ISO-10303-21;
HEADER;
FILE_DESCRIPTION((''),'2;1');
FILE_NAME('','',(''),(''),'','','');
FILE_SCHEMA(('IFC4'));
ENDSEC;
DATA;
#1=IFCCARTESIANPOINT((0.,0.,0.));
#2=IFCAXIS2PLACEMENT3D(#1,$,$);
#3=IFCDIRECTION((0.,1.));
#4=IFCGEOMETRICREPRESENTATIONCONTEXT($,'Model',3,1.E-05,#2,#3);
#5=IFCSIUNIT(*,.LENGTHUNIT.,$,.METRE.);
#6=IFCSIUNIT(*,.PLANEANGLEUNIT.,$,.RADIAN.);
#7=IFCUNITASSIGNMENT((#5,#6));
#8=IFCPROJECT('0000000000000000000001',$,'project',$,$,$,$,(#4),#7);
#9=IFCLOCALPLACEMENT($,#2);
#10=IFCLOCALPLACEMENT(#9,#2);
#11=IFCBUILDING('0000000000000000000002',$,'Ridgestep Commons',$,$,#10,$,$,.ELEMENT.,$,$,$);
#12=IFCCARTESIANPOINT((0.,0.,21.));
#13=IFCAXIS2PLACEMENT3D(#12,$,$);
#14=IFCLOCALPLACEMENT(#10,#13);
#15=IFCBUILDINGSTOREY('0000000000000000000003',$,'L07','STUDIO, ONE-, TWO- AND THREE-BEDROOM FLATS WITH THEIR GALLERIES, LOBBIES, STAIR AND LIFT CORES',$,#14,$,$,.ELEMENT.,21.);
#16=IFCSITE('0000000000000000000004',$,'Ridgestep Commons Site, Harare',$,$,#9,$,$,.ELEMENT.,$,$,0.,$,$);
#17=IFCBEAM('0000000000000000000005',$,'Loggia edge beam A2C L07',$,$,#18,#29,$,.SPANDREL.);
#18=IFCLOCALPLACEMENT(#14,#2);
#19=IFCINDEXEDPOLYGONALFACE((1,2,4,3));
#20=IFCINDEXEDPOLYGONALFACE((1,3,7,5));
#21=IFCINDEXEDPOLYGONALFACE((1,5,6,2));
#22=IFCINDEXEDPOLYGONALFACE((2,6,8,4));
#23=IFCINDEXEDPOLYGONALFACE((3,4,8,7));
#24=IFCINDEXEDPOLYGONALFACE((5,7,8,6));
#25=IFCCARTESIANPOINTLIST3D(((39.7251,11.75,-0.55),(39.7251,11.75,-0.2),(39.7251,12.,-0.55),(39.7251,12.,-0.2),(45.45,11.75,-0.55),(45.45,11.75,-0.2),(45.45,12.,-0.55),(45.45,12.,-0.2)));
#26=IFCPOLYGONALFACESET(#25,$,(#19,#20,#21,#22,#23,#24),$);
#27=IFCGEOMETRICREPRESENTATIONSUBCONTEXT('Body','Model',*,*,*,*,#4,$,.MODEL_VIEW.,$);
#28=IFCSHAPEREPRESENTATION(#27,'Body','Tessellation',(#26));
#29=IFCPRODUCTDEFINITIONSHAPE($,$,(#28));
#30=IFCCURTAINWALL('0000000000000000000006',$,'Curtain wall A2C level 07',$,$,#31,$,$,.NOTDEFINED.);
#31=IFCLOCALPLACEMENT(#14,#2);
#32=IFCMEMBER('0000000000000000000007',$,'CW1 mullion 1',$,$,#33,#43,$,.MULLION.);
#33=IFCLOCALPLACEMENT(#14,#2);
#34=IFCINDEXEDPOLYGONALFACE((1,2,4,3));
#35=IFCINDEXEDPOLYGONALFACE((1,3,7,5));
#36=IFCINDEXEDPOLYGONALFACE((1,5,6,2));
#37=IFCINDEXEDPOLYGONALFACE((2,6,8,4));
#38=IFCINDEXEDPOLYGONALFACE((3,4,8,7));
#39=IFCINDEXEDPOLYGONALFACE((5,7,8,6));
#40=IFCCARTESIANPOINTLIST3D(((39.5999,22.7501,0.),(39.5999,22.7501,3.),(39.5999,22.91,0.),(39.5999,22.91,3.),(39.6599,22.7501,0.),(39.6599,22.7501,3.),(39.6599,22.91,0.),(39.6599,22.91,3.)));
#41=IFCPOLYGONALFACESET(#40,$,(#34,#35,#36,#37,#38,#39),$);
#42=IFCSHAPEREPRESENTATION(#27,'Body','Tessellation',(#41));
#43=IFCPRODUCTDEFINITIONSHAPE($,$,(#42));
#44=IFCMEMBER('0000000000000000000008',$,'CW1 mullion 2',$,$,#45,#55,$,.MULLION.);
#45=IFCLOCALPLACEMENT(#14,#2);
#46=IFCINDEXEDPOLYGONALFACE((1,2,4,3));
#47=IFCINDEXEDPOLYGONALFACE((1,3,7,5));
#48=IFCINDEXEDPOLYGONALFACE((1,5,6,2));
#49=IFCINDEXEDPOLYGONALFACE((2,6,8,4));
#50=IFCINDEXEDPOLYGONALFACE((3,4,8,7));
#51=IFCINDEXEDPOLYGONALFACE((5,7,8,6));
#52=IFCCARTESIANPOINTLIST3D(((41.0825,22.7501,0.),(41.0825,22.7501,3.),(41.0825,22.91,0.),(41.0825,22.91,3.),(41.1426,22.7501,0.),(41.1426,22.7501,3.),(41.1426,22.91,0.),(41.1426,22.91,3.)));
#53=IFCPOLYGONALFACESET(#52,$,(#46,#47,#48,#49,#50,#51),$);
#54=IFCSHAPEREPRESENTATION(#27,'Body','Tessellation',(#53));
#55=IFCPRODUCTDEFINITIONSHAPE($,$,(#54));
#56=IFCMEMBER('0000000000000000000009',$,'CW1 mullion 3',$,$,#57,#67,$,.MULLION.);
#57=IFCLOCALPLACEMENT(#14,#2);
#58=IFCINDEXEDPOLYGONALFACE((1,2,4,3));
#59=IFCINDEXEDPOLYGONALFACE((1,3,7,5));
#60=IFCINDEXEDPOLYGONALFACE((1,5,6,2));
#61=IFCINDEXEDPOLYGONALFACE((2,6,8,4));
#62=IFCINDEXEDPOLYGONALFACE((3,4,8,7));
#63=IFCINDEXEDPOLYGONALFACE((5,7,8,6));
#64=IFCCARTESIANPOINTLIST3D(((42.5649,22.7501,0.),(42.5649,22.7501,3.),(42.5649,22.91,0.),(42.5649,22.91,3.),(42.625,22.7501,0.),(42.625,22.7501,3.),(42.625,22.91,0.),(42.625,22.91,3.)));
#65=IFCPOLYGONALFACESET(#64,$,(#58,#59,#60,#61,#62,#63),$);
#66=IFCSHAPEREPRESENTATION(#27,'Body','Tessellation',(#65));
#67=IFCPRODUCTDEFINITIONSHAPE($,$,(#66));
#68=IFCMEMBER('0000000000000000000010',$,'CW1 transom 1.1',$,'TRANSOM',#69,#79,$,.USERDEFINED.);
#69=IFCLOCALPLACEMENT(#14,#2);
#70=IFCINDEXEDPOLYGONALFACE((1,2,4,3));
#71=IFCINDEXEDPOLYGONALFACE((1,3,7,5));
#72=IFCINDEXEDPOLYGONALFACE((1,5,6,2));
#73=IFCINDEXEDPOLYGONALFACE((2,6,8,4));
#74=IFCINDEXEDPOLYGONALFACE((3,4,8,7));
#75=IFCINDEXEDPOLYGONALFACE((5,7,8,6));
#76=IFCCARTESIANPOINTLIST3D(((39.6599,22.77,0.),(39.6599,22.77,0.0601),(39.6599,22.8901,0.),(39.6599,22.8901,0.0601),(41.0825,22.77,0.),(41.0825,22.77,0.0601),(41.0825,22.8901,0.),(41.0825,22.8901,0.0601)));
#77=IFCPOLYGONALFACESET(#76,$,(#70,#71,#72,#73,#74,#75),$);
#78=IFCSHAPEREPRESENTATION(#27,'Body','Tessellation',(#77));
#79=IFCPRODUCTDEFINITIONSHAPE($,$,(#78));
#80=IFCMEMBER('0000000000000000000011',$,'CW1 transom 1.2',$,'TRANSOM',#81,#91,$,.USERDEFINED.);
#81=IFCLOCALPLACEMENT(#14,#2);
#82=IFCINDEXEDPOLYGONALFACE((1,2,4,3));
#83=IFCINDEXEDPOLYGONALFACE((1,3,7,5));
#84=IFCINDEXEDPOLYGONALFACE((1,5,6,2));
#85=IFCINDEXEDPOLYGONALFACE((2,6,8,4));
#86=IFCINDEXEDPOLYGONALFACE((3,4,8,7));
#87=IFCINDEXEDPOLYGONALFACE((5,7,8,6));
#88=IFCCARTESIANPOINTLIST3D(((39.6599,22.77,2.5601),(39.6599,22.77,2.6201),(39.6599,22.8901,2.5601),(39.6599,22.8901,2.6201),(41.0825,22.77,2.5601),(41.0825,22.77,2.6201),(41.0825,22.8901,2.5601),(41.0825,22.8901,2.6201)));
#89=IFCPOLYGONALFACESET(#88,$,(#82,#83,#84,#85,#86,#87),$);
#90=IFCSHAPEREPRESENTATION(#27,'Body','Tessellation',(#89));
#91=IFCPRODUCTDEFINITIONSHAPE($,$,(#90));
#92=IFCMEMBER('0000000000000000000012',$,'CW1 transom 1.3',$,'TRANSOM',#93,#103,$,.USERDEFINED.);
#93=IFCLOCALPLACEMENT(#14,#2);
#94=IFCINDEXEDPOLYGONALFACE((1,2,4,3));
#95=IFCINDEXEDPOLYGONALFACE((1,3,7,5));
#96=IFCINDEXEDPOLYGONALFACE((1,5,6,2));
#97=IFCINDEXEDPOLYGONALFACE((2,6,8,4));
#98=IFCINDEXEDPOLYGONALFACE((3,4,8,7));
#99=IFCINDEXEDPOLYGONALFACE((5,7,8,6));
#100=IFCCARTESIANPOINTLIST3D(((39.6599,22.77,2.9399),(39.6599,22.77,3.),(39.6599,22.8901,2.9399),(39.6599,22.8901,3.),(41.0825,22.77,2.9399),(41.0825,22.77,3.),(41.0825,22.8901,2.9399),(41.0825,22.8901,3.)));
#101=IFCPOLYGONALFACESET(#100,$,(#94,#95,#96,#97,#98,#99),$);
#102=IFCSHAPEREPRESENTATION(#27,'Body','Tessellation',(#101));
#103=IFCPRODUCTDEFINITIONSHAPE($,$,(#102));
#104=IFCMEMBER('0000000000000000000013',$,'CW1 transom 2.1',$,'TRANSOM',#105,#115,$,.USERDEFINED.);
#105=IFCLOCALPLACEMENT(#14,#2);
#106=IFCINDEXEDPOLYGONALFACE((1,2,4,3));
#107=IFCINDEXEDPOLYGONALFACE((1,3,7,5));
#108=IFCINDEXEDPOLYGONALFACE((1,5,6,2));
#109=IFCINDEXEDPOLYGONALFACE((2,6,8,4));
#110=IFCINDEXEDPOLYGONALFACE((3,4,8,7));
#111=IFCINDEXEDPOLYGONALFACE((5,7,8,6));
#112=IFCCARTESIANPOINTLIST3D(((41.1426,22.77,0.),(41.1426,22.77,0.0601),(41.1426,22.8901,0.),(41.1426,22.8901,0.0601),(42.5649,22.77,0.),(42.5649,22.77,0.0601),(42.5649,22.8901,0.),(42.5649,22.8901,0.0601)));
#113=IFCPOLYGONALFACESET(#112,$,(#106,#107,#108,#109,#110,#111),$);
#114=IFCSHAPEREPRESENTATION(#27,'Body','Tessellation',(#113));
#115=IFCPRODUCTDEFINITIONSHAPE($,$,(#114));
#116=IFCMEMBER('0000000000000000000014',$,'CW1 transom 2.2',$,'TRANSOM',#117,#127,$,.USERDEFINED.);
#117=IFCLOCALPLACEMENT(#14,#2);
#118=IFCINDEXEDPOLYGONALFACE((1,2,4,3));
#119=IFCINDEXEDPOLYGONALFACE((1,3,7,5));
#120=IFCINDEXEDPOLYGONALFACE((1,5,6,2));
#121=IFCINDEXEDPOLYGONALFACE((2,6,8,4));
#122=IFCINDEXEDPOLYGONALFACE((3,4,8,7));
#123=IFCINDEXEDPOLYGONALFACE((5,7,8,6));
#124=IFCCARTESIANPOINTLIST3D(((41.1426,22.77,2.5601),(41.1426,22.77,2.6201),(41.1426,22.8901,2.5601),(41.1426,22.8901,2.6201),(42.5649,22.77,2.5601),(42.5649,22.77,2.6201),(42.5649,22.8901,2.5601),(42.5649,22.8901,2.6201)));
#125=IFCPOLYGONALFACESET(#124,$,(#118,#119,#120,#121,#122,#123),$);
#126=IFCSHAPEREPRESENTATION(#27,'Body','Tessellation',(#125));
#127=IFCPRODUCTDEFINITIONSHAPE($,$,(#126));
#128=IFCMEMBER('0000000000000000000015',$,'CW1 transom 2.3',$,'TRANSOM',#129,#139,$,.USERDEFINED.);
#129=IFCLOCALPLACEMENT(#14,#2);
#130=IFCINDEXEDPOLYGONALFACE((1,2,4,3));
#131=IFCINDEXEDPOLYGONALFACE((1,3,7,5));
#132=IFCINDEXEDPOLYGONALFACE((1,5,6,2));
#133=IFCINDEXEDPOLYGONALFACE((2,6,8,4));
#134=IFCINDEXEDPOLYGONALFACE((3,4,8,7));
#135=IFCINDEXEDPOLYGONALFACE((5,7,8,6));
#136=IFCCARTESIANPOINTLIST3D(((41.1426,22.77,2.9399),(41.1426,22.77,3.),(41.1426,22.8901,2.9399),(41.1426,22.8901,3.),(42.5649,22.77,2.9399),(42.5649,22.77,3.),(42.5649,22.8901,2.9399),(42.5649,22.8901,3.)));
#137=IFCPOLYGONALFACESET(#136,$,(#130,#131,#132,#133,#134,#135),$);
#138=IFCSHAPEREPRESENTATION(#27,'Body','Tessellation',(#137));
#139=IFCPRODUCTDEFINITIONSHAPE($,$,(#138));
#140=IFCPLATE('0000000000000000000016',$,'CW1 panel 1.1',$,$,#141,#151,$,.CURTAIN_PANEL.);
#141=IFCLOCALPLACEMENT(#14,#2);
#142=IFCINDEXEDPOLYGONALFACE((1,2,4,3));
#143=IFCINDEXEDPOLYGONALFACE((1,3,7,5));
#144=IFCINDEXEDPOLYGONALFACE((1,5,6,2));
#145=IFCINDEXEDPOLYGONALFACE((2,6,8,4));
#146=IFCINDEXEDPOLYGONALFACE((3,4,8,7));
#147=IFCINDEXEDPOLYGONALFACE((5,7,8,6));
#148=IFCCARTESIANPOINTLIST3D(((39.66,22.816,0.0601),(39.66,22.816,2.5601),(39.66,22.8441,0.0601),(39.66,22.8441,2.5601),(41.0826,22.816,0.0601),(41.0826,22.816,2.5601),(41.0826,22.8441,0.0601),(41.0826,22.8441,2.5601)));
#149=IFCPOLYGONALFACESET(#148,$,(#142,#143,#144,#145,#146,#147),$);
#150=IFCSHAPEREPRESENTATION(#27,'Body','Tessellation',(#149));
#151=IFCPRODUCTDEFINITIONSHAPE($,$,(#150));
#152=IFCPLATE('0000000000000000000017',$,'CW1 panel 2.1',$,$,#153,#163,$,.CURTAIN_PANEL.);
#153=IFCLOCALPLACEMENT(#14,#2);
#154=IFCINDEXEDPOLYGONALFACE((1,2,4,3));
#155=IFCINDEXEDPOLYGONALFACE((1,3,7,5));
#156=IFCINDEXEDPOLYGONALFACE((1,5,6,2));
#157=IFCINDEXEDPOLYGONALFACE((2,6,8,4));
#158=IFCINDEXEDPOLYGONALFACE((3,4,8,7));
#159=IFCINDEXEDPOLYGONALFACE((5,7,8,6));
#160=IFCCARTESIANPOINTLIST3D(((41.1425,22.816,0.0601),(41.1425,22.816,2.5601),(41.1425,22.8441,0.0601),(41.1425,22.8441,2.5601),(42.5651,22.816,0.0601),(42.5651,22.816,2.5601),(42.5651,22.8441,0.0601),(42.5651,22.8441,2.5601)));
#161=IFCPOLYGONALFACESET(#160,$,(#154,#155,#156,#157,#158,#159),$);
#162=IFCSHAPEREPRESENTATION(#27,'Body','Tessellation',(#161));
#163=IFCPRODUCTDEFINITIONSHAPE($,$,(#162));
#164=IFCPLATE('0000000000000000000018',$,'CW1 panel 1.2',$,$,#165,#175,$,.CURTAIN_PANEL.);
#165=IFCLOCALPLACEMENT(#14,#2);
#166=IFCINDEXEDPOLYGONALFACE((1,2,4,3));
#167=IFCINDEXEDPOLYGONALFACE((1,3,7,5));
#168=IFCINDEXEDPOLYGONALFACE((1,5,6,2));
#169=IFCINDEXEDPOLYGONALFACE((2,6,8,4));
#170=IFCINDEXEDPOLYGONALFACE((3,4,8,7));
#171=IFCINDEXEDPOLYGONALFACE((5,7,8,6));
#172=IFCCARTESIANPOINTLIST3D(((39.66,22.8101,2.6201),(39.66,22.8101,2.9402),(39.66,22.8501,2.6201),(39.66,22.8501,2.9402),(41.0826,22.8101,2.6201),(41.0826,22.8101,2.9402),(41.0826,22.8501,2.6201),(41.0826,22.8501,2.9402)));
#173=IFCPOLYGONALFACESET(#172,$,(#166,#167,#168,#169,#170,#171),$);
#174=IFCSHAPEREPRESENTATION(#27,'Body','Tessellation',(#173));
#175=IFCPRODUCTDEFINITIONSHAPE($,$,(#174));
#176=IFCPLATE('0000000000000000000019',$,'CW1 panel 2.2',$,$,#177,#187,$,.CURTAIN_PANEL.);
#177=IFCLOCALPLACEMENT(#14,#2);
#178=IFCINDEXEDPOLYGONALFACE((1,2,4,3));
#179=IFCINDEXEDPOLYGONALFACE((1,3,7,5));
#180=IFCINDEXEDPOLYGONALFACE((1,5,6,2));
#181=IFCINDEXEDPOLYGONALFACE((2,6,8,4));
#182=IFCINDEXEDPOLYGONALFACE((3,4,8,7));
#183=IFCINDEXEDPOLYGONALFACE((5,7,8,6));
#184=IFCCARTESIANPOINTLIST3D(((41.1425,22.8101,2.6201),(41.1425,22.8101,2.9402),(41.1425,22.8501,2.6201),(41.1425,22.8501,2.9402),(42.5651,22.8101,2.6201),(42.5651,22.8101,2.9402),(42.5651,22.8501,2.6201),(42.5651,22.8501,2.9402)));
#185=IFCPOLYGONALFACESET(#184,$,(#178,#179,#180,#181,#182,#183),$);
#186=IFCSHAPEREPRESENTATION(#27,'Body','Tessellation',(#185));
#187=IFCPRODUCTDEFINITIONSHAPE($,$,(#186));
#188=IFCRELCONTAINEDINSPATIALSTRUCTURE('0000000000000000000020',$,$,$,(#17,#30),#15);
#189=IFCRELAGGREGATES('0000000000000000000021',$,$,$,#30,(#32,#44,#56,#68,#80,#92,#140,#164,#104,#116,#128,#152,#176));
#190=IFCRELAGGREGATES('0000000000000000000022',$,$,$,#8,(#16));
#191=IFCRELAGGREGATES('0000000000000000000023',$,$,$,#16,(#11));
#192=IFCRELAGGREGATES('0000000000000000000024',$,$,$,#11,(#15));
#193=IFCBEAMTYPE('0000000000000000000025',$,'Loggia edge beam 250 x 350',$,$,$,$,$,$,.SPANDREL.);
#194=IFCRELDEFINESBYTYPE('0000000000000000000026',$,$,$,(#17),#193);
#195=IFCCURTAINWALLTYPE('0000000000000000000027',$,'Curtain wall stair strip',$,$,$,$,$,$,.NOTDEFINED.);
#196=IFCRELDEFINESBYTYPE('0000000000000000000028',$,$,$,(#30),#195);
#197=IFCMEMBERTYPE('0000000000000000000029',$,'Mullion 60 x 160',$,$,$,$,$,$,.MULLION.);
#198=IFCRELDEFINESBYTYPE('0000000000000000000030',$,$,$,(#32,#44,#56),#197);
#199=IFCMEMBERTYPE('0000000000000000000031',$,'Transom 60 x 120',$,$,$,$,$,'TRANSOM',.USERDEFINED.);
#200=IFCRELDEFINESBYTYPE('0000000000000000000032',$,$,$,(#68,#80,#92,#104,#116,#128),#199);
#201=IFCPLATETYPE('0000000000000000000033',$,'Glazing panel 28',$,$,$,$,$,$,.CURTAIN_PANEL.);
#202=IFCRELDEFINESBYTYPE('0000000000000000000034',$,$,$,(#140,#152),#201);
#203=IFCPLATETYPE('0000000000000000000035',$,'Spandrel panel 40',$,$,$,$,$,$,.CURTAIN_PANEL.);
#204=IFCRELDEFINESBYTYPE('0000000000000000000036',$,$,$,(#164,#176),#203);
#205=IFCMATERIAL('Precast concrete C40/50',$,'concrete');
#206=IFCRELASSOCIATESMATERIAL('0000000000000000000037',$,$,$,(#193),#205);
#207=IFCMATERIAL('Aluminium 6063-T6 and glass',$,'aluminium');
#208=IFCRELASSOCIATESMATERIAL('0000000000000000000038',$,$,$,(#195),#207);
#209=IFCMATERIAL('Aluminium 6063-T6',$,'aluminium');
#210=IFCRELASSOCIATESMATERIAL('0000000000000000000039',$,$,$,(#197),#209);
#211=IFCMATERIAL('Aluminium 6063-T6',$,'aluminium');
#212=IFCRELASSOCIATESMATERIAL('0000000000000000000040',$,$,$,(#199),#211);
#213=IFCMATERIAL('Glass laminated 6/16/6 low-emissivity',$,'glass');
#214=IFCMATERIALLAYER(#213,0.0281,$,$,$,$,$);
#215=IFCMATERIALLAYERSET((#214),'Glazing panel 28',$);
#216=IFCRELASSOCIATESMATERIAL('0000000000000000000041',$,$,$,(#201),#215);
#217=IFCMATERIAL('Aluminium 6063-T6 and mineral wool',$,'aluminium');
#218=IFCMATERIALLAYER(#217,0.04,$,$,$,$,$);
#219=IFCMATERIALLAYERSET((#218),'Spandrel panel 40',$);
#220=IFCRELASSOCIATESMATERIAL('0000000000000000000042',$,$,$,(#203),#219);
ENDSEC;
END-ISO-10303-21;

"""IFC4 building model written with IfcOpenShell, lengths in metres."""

from ifc_helpers import new_model, si_unit, direction, frame, origin, origin_2d, place, context, subcontext, project, spatial, rectangle, extrude, material, layer, layer_set, material_profile, profile_set, type_object, element, aggregate, save


model = new_model("IFC4")

# Units and contexts
model_context = context("Model", 3, precision=1e-05, world=origin(), true_north=direction((0.0, 1.0)))
body_context = subcontext(model_context, "Body", "Model", "MODEL_VIEW")
ifc_project = project(units=[si_unit("LENGTHUNIT", "METRE"), si_unit("PLANEANGLEUNIT", "RADIAN")], contexts=[model_context])

# Site, building, storey
site_placement = place(None, origin())
site = spatial("IfcSite", under=ifc_project, at=site_placement, Name="Ridgestep Commons Site, Harare", CompositionType="ELEMENT", RefElevation=0.0)
building_placement = place(site_placement, origin())
building = spatial("IfcBuilding", under=site, at=building_placement, Name="Ridgestep Commons", CompositionType="ELEMENT")
storey_placement = place(building_placement, frame((0.0, 0.0, 21.0)))
storey = spatial("IfcBuildingStorey", under=building, at=storey_placement, Name="L07", Description="STUDIO, ONE-, TWO- AND THREE-BEDROOM FLATS WITH THEIR GALLERIES, LOBBIES, STAIR AND LIFT CORES", CompositionType="ELEMENT", Elevation=21.0)

# Beam
ifc_material_1 = material(Name="Precast concrete C40/50", Category="concrete")
ifc_material_profile_1 = material_profile(ifc_material_1, rectangle(XDim=0.25, YDim=0.3501, at=origin_2d()), Name="PC 250x350")
ifc_profile_set_1 = profile_set([ifc_material_profile_1], Name="Precast concrete C40/50")
beam_type = type_object("IfcBeamType", Name="Loggia edge beam 250 x 350", PredefinedType="SPANDREL", material=ifc_profile_set_1)
beam_placement = place(storey_placement, frame((39.7251, 11.875, -0.375), z_axis=(1.0, 0.0, 0.0), x_axis=(0.0, 1.0, 0.0)))
element("IfcBeam", 1, at=beam_placement, inside=storey, type_object=beam_type, Name="Loggia edge beam A2C L07", PredefinedType="SPANDREL", context=body_context, shape_type="SweptSolid", body=[
    extrude(rectangle(XDim=0.25, YDim=0.3501, at=origin_2d()), origin(), (0.0, 0.0, 1.0), 5.7249),
])

# Curtain wall, members, plates
ifc_material_2 = material(Name="Aluminium 6063-T6 and glass", Category="aluminium")
curtain_wall_type = type_object("IfcCurtainWallType", Name="Curtain wall stair strip", PredefinedType="NOTDEFINED", material=ifc_material_2)
curtain_wall_placement = place(storey_placement, origin())
curtain_wall = element("IfcCurtainWall", 2, at=curtain_wall_placement, inside=storey, type_object=curtain_wall_type, Name="Curtain wall A2C level 07", PredefinedType="NOTDEFINED")
ifc_material_3 = material(Name="Aluminium 6063-T6", Category="aluminium")
ifc_material_profile_2 = material_profile(ifc_material_3, rectangle(XDim=0.1599, YDim=0.0601, at=origin_2d()), Name="Mullion 60 x 160")
ifc_profile_set_2 = profile_set([ifc_material_profile_2], Name="Aluminium 6063-T6")
member_type_1 = type_object("IfcMemberType", Name="Mullion 60 x 160", PredefinedType="MULLION", material=ifc_profile_set_2)
member_1_placement = place(storey_placement, frame((39.6299, 22.8301, 0.0), z_axis=(0.0, 0.0, 1.0), x_axis=(0.0, 1.0, 0.0)))
member_1 = element("IfcMember", 3, at=member_1_placement, type_object=member_type_1, Name="CW1 mullion 1", PredefinedType="MULLION", context=body_context, shape_type="SweptSolid", body=[
    extrude(rectangle(XDim=0.1599, YDim=0.0601, at=origin_2d()), origin(), (0.0, 0.0, 1.0), 3.0),
])
member_2_placement = place(storey_placement, frame((41.1125, 22.8301, 0.0), z_axis=(0.0, 0.0, 1.0), x_axis=(0.0, 1.0, 0.0)))
member_2 = element("IfcMember", 4, at=member_2_placement, type_object=member_type_1, Name="CW1 mullion 2", PredefinedType="MULLION", context=body_context, shape_type="SweptSolid", body=[
    extrude(rectangle(XDim=0.1599, YDim=0.0601, at=origin_2d()), origin(), (0.0, 0.0, 1.0), 3.0),
])
member_3_placement = place(storey_placement, frame((42.595, 22.8301, 0.0), z_axis=(0.0, 0.0, 1.0), x_axis=(0.0, 1.0, 0.0)))
member_3 = element("IfcMember", 5, at=member_3_placement, type_object=member_type_1, Name="CW1 mullion 3", PredefinedType="MULLION", context=body_context, shape_type="SweptSolid", body=[
    extrude(rectangle(XDim=0.1599, YDim=0.0601, at=origin_2d()), origin(), (0.0, 0.0, 1.0), 3.0),
])
ifc_material_4 = material(Name="Aluminium 6063-T6", Category="aluminium")
ifc_material_profile_3 = material_profile(ifc_material_4, rectangle(XDim=0.1201, YDim=0.0601, at=origin_2d()), Name="Transom 60 x 120")
ifc_profile_set_3 = profile_set([ifc_material_profile_3], Name="Aluminium 6063-T6")
member_type_2 = type_object("IfcMemberType", Name="Transom 60 x 120", ElementType="TRANSOM", PredefinedType="USERDEFINED", material=ifc_profile_set_3)
member_4_placement = place(storey_placement, frame((39.6599, 22.8301, 0.03), z_axis=(1.0, 0.0, 0.0), x_axis=(0.0, 1.0, 0.0)))
member_4 = element("IfcMember", 6, at=member_4_placement, type_object=member_type_2, Name="CW1 transom 1.1", ObjectType="TRANSOM", PredefinedType="USERDEFINED", context=body_context, shape_type="SweptSolid", body=[
    extrude(rectangle(XDim=0.1201, YDim=0.0601, at=origin_2d()), origin(), (0.0, 0.0, 1.0), 1.4226),
])
member_5_placement = place(storey_placement, frame((39.6599, 22.8301, 2.5901), z_axis=(1.0, 0.0, 0.0), x_axis=(0.0, 1.0, 0.0)))
member_5 = element("IfcMember", 7, at=member_5_placement, type_object=member_type_2, Name="CW1 transom 1.2", ObjectType="TRANSOM", PredefinedType="USERDEFINED", context=body_context, shape_type="SweptSolid", body=[
    extrude(rectangle(XDim=0.1201, YDim=0.0601, at=origin_2d()), origin(), (0.0, 0.0, 1.0), 1.4226),
])
member_6_placement = place(storey_placement, frame((39.6599, 22.8301, 2.97), z_axis=(1.0, 0.0, 0.0), x_axis=(0.0, 1.0, 0.0)))
member_6 = element("IfcMember", 8, at=member_6_placement, type_object=member_type_2, Name="CW1 transom 1.3", ObjectType="TRANSOM", PredefinedType="USERDEFINED", context=body_context, shape_type="SweptSolid", body=[
    extrude(rectangle(XDim=0.1201, YDim=0.0601, at=origin_2d()), origin(), (0.0, 0.0, 1.0), 1.4226),
])
member_7_placement = place(storey_placement, frame((41.1426, 22.8301, 0.03), z_axis=(1.0, 0.0, 0.0), x_axis=(0.0, 1.0, 0.0)))
member_7 = element("IfcMember", 9, at=member_7_placement, type_object=member_type_2, Name="CW1 transom 2.1", ObjectType="TRANSOM", PredefinedType="USERDEFINED", context=body_context, shape_type="SweptSolid", body=[
    extrude(rectangle(XDim=0.1201, YDim=0.0601, at=origin_2d()), origin(), (0.0, 0.0, 1.0), 1.4224),
])
member_8_placement = place(storey_placement, frame((41.1426, 22.8301, 2.5901), z_axis=(1.0, 0.0, 0.0), x_axis=(0.0, 1.0, 0.0)))
member_8 = element("IfcMember", 10, at=member_8_placement, type_object=member_type_2, Name="CW1 transom 2.2", ObjectType="TRANSOM", PredefinedType="USERDEFINED", context=body_context, shape_type="SweptSolid", body=[
    extrude(rectangle(XDim=0.1201, YDim=0.0601, at=origin_2d()), origin(), (0.0, 0.0, 1.0), 1.4224),
])
member_9_placement = place(storey_placement, frame((41.1426, 22.8301, 2.97), z_axis=(1.0, 0.0, 0.0), x_axis=(0.0, 1.0, 0.0)))
member_9 = element("IfcMember", 11, at=member_9_placement, type_object=member_type_2, Name="CW1 transom 2.3", ObjectType="TRANSOM", PredefinedType="USERDEFINED", context=body_context, shape_type="SweptSolid", body=[
    extrude(rectangle(XDim=0.1201, YDim=0.0601, at=origin_2d()), origin(), (0.0, 0.0, 1.0), 1.4224),
])
ifc_material_5 = material(Name="Glass laminated 6/16/6 low-emissivity", Category="glass")
ifc_layer_1 = layer(ifc_material_5, 0.0281)
ifc_layer_set_1 = layer_set([ifc_layer_1], Name="Glazing panel 28")
plate_type_1 = type_object("IfcPlateType", Name="Glazing panel 28", PredefinedType="CURTAIN_PANEL", material=ifc_layer_set_1)
plate_1_placement = place(storey_placement, frame((40.3713, 22.8301, 0.0601), z_axis=(0.0, 0.0, 1.0), x_axis=(1.0, 0.0, 0.0)))
plate_1 = element("IfcPlate", 12, at=plate_1_placement, type_object=plate_type_1, Name="CW1 panel 1.1", PredefinedType="CURTAIN_PANEL", context=body_context, shape_type="SweptSolid", body=[
    extrude(rectangle(XDim=1.4226, YDim=0.0281, at=origin_2d()), origin(), (0.0, 0.0, 1.0), 2.5),
])
plate_2_placement = place(storey_placement, frame((41.8538, 22.8301, 0.0601), z_axis=(0.0, 0.0, 1.0), x_axis=(1.0, 0.0, 0.0)))
plate_2 = element("IfcPlate", 13, at=plate_2_placement, type_object=plate_type_1, Name="CW1 panel 2.1", PredefinedType="CURTAIN_PANEL", context=body_context, shape_type="SweptSolid", body=[
    extrude(rectangle(XDim=1.4226, YDim=0.0281, at=origin_2d()), origin(), (0.0, 0.0, 1.0), 2.5),
])
ifc_material_6 = material(Name="Aluminium 6063-T6 and mineral wool", Category="aluminium")
ifc_layer_2 = layer(ifc_material_6, 0.04)
ifc_layer_set_2 = layer_set([ifc_layer_2], Name="Spandrel panel 40")
plate_type_2 = type_object("IfcPlateType", Name="Spandrel panel 40", PredefinedType="CURTAIN_PANEL", material=ifc_layer_set_2)
plate_3_placement = place(storey_placement, frame((40.3713, 22.8301, 2.6201), z_axis=(0.0, 0.0, 1.0), x_axis=(1.0, 0.0, 0.0)))
plate_3 = element("IfcPlate", 14, at=plate_3_placement, type_object=plate_type_2, Name="CW1 panel 1.2", PredefinedType="CURTAIN_PANEL", context=body_context, shape_type="SweptSolid", body=[
    extrude(rectangle(XDim=1.4226, YDim=0.04, at=origin_2d()), origin(), (0.0, 0.0, 1.0), 0.3201),
])
plate_4_placement = place(storey_placement, frame((41.8538, 22.8301, 2.6201), z_axis=(0.0, 0.0, 1.0), x_axis=(1.0, 0.0, 0.0)))
plate_4 = element("IfcPlate", 15, at=plate_4_placement, type_object=plate_type_2, Name="CW1 panel 2.2", PredefinedType="CURTAIN_PANEL", context=body_context, shape_type="SweptSolid", body=[
    extrude(rectangle(XDim=1.4226, YDim=0.04, at=origin_2d()), origin(), (0.0, 0.0, 1.0), 0.3201),
])
aggregate(curtain_wall, [member_1, member_2, member_3, member_4, member_5, member_6, plate_1, plate_3, member_7, member_8, member_9, plate_2, plate_4])

save(model, "model.ifc")
